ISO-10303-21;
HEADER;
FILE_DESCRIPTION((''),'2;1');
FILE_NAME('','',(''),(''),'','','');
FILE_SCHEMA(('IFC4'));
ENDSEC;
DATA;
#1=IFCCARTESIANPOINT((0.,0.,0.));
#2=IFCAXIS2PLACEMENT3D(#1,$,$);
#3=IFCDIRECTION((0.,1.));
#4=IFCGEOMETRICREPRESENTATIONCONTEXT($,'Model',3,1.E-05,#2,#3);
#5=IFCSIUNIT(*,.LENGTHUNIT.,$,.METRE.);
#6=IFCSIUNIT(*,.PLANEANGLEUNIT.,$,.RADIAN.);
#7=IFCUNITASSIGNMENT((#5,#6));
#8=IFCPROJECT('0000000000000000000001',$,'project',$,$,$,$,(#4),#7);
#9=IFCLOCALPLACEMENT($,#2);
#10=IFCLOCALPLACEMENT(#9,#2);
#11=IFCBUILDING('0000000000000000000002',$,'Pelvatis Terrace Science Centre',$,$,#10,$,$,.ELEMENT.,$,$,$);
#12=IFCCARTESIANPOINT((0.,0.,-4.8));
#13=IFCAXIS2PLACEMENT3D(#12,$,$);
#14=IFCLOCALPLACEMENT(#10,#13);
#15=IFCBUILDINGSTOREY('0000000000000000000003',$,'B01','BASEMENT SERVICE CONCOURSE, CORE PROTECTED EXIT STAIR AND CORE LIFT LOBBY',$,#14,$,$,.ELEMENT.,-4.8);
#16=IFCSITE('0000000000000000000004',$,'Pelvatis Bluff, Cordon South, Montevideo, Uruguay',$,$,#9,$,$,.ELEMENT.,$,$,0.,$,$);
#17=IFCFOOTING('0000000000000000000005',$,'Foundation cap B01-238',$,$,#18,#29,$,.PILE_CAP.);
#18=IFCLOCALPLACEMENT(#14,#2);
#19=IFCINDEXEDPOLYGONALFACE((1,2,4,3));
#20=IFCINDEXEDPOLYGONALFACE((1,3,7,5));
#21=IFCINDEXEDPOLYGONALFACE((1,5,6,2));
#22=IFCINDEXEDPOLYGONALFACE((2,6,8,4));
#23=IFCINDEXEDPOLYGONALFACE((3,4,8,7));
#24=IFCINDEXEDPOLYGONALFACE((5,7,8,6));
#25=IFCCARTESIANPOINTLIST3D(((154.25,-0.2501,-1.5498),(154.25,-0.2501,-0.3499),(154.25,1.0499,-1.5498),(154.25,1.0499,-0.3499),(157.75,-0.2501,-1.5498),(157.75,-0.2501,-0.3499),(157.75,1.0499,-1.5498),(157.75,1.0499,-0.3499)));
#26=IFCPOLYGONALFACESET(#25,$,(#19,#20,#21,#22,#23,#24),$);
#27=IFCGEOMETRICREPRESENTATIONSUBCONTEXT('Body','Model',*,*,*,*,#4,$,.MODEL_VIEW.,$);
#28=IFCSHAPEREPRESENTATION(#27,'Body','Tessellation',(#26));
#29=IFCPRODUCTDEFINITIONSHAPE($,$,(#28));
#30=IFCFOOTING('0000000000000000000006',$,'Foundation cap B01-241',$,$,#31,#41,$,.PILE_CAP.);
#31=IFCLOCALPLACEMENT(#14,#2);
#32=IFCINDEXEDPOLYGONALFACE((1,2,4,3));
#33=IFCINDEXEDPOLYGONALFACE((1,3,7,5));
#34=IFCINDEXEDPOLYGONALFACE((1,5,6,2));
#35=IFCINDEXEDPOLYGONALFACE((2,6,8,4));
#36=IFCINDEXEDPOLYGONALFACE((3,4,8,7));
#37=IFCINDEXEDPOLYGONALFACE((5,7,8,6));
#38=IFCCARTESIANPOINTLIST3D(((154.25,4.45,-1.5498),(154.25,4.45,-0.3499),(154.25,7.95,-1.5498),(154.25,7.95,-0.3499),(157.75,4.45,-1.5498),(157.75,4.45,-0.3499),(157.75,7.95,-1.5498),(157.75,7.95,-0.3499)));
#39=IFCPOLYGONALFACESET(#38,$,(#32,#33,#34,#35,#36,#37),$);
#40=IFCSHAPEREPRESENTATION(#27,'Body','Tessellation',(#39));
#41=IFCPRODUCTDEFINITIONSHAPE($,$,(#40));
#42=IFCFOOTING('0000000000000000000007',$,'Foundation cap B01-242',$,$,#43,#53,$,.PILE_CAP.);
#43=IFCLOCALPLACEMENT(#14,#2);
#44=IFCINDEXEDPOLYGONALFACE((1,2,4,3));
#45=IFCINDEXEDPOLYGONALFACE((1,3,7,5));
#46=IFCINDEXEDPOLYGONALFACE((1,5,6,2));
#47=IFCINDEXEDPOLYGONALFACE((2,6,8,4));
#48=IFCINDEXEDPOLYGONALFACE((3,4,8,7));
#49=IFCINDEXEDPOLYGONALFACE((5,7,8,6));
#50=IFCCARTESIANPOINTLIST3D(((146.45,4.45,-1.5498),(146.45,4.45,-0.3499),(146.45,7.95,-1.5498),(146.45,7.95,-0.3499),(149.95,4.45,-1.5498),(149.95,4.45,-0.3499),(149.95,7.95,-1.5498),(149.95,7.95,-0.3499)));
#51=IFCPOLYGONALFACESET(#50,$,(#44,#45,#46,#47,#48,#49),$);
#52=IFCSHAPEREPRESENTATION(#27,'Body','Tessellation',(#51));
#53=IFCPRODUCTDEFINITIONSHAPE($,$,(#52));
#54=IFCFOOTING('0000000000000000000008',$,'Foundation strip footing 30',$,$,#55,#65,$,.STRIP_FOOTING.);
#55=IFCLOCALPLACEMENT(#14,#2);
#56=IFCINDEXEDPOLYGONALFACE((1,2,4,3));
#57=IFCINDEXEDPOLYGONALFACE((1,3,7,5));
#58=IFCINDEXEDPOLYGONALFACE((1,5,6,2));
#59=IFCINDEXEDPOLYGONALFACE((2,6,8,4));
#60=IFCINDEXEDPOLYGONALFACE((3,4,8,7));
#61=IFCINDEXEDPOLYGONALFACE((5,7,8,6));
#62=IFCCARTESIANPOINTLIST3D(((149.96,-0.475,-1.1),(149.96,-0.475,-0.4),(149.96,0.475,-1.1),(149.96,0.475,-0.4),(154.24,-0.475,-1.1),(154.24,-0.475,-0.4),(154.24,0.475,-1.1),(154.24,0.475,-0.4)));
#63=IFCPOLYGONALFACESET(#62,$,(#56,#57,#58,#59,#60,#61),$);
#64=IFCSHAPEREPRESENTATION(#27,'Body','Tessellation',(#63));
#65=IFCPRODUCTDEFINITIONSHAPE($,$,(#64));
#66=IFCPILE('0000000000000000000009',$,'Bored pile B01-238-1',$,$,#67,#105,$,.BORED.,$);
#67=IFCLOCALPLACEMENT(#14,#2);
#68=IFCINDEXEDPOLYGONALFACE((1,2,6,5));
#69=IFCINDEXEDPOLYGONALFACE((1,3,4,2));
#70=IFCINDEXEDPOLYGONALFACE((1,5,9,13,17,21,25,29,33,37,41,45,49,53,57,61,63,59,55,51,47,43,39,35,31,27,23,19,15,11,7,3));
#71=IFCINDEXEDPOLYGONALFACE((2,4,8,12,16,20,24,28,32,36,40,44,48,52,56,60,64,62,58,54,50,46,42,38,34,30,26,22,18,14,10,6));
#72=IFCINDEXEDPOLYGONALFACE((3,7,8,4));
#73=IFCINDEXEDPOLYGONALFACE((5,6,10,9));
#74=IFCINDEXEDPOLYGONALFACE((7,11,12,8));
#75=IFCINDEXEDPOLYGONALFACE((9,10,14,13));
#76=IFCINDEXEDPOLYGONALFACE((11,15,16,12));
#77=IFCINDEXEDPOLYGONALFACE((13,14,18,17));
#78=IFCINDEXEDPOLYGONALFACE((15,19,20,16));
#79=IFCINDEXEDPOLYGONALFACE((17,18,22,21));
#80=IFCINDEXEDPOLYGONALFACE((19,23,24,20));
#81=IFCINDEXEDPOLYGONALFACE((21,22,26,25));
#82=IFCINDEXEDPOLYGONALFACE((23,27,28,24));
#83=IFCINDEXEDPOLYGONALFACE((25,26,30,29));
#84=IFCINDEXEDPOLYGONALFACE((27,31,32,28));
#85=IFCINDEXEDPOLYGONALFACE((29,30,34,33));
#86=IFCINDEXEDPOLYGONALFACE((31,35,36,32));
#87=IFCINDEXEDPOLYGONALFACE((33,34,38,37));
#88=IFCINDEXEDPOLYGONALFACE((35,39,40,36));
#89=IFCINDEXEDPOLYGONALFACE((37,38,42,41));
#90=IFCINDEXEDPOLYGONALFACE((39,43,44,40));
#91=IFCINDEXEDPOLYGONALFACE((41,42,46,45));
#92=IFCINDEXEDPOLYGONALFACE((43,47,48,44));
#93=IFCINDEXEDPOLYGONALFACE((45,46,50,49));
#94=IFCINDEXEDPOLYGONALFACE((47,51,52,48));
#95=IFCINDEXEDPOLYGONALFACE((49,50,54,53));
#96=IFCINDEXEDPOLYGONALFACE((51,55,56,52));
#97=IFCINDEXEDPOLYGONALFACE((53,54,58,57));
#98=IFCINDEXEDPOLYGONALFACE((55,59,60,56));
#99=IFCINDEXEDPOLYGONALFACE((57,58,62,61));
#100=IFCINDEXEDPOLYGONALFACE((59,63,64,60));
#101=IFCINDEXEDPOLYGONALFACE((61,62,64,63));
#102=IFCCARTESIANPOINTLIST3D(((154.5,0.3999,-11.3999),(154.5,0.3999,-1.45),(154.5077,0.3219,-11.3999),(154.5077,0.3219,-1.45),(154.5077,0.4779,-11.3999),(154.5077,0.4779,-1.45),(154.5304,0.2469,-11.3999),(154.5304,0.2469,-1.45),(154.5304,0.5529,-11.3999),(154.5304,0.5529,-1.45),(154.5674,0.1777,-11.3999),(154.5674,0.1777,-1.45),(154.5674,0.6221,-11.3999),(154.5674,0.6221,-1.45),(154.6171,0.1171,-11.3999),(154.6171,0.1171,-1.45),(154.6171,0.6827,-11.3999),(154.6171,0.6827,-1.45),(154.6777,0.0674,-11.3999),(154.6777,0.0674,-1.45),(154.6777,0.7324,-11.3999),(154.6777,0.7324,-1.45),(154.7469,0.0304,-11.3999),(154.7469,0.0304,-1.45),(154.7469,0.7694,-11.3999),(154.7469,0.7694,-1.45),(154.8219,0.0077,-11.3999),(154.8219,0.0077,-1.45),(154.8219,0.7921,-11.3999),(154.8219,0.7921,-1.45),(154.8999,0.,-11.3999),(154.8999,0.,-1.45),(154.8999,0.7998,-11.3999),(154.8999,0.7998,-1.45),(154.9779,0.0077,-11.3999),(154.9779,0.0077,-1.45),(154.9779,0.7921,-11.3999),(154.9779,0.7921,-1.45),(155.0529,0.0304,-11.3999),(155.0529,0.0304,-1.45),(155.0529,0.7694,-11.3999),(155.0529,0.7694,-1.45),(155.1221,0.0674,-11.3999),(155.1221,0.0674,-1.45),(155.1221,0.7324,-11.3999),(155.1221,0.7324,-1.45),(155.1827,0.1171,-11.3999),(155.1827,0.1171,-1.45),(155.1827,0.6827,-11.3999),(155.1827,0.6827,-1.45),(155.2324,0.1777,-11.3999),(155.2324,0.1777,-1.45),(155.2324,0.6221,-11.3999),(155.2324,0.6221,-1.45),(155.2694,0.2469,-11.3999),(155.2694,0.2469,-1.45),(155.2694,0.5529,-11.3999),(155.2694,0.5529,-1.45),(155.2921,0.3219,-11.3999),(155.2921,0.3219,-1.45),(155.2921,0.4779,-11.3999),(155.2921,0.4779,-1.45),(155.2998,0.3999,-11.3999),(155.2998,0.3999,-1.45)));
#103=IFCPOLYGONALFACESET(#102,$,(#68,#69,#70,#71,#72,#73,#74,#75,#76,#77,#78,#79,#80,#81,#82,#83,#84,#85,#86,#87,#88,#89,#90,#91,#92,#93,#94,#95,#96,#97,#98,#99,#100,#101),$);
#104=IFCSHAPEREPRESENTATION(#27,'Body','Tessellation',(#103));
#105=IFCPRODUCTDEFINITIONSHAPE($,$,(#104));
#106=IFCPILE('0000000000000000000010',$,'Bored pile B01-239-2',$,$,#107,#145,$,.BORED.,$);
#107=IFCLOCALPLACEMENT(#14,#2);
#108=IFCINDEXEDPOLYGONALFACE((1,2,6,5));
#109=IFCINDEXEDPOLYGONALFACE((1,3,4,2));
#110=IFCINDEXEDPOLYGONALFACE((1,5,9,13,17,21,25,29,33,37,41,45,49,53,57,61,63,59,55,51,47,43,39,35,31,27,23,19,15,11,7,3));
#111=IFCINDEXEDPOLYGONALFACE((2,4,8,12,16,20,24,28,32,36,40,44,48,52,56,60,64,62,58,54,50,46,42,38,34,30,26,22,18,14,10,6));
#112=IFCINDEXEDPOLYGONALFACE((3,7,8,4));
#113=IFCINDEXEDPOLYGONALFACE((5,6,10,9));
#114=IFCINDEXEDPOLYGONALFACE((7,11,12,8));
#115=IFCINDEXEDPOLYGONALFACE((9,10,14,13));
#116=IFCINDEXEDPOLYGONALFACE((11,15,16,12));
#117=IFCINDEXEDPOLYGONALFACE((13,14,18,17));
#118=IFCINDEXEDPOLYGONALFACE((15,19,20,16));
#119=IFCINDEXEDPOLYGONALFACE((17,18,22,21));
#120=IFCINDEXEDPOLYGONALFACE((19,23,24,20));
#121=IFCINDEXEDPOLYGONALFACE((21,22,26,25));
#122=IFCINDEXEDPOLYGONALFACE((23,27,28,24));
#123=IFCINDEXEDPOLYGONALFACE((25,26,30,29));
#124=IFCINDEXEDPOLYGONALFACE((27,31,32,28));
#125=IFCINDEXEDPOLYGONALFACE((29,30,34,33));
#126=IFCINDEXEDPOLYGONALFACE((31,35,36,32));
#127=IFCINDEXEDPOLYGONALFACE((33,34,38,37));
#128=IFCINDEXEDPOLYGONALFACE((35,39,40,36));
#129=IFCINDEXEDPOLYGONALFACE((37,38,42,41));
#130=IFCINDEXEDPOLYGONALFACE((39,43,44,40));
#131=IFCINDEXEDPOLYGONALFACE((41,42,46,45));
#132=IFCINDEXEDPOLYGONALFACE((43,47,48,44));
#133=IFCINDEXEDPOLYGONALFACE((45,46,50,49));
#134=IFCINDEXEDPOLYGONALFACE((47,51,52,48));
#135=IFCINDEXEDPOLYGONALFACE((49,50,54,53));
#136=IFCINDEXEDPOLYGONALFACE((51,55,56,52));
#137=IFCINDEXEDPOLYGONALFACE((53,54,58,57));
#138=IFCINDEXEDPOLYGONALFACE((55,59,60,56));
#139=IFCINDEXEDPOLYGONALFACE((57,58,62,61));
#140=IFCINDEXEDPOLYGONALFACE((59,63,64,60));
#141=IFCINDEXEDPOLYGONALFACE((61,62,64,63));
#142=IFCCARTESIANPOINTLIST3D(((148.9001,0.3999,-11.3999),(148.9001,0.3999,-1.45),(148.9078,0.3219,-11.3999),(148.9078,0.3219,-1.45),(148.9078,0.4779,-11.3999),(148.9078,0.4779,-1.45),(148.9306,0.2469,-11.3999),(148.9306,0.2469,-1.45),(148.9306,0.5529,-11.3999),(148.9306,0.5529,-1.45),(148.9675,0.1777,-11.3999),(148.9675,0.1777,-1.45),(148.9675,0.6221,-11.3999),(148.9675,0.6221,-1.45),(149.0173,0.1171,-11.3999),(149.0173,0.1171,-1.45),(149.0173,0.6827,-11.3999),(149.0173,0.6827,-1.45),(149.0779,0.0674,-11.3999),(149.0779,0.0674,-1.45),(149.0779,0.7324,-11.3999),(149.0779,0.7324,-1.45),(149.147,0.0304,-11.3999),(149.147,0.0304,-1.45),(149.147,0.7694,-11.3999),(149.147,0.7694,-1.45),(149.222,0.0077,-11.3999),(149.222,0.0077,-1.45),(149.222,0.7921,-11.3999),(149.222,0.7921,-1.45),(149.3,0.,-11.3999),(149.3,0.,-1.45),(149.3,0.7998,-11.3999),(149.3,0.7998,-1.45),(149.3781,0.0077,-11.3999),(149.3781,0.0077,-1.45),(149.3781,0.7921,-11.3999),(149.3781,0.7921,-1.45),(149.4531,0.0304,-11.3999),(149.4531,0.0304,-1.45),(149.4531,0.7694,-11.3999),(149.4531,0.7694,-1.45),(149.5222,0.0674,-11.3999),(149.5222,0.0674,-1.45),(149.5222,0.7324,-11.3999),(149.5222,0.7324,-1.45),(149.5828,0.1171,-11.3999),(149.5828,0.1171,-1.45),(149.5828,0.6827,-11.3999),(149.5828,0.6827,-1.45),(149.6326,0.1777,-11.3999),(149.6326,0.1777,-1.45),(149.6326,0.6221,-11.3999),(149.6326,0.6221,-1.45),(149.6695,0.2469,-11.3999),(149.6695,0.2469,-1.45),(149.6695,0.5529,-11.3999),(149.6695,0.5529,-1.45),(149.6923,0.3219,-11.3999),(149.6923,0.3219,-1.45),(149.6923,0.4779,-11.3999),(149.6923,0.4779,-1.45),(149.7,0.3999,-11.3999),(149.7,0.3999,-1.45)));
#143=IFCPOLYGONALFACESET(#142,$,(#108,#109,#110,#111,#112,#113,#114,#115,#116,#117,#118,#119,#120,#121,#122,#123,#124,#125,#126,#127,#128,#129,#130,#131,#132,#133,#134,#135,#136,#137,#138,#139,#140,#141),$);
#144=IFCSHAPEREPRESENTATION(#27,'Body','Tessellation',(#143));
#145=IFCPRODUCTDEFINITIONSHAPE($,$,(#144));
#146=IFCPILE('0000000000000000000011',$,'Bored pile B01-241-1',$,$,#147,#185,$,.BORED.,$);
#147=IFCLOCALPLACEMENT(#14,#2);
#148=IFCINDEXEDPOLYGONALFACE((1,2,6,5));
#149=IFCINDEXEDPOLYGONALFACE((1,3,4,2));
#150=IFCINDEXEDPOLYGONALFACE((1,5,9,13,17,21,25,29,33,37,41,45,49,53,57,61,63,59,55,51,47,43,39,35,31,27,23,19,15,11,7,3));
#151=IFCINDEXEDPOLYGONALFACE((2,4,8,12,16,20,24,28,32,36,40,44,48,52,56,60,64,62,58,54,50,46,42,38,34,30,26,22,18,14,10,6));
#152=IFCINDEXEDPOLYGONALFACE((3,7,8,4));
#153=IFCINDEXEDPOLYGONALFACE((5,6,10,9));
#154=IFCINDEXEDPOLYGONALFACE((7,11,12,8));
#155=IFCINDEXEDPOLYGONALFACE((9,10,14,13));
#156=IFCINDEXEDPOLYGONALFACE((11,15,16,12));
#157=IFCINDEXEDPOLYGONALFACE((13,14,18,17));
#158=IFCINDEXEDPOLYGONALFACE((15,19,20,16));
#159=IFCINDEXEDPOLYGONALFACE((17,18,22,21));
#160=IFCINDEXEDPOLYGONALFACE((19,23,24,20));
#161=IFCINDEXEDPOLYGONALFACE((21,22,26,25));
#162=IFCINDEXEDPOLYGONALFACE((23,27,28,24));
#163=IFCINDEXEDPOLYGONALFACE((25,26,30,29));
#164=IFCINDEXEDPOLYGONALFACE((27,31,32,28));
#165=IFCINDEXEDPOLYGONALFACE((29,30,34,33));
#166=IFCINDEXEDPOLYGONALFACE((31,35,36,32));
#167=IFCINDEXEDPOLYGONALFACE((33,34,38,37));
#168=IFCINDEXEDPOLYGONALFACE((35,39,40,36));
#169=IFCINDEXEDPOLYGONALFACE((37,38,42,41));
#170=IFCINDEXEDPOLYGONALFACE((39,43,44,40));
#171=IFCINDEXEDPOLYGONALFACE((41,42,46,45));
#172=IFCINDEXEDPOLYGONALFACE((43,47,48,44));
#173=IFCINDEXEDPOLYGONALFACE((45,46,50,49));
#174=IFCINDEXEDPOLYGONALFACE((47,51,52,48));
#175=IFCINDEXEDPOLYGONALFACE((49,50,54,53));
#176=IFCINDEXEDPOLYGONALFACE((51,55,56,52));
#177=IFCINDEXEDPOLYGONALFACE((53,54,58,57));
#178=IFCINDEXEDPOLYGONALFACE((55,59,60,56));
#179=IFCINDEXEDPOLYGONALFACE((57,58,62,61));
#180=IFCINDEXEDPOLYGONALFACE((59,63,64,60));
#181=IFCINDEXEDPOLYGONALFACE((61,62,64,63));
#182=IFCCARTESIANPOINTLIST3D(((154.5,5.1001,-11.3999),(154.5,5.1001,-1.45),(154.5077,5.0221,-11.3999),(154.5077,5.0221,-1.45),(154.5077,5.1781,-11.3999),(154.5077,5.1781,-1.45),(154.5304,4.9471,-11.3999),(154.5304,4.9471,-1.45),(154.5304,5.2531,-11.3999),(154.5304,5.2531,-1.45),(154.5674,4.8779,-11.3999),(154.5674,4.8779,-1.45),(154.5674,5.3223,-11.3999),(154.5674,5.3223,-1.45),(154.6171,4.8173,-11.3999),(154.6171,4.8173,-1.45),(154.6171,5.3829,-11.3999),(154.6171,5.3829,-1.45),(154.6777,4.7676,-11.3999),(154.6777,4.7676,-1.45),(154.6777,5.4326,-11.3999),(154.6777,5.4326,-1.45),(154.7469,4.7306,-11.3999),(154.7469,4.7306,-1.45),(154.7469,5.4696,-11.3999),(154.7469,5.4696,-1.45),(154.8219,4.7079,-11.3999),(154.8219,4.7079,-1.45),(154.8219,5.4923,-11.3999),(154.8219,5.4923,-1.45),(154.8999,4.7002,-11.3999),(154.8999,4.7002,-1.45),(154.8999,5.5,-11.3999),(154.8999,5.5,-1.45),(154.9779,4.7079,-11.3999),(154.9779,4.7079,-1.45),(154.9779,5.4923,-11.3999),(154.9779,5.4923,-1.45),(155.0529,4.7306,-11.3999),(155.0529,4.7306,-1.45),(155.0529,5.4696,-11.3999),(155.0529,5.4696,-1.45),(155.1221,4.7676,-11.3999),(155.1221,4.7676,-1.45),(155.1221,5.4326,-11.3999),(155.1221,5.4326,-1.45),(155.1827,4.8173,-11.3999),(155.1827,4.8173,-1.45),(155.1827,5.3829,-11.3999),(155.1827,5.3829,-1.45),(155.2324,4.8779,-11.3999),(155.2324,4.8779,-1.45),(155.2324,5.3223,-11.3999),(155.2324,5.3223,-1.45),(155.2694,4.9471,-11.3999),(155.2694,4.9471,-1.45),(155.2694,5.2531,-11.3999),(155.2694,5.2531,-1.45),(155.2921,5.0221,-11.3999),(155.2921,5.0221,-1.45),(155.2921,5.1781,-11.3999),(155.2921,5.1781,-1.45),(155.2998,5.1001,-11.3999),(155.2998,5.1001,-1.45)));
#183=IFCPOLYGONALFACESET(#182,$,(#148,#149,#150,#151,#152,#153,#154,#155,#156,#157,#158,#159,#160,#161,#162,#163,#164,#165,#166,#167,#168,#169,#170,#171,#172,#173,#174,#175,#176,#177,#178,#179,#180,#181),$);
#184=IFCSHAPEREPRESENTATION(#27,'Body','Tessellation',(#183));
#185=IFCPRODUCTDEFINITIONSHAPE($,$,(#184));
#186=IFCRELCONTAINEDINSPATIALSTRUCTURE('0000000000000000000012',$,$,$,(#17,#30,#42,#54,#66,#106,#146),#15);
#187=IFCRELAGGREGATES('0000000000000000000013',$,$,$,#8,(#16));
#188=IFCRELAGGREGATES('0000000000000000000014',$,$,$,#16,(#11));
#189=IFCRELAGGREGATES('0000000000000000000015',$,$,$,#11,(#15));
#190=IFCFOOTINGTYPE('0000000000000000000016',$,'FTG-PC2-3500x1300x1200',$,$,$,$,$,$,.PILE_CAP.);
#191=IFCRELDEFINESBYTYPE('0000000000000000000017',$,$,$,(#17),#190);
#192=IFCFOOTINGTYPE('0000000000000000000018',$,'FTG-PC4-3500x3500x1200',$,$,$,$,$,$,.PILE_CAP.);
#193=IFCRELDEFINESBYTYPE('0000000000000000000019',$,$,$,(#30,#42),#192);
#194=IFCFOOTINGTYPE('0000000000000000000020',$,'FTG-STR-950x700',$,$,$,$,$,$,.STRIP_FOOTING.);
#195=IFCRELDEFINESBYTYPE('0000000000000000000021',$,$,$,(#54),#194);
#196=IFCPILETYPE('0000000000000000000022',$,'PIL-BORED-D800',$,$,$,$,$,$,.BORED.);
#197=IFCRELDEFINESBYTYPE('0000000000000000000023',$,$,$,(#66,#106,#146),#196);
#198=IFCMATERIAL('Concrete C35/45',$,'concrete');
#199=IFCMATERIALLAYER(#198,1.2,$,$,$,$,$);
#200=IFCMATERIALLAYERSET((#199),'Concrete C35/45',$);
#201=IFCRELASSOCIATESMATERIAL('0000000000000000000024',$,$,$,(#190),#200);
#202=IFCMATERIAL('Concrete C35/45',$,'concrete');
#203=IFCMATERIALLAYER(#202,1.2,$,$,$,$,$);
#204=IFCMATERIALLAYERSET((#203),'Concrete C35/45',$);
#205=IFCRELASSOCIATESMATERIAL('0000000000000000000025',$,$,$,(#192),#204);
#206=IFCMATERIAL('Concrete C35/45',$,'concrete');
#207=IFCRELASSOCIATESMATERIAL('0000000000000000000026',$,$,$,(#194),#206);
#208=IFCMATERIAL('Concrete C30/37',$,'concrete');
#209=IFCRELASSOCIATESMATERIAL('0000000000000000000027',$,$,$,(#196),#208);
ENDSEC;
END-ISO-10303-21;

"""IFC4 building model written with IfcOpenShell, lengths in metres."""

from ifc_helpers import new_model, si_unit, direction, frame, origin, origin_2d, place, context, subcontext, project, spatial, rectangle, circle, extrude, material, layer, layer_set, material_profile, profile_set, type_object, element, save


model = new_model("IFC4")

# Units and contexts
model_context = context("Model", 3, precision=1e-05, world=origin(), true_north=direction((0.0, 1.0)))
body_context = subcontext(model_context, "Body", "Model", "MODEL_VIEW")
ifc_project = project(units=[si_unit("LENGTHUNIT", "METRE"), si_unit("PLANEANGLEUNIT", "RADIAN")], contexts=[model_context])

# Site, building, storey
site_placement = place(None, origin())
site = spatial("IfcSite", under=ifc_project, at=site_placement, Name="Pelvatis Bluff, Cordon South, Montevideo, Uruguay", CompositionType="ELEMENT", RefElevation=0.0)
building_placement = place(site_placement, origin())
building = spatial("IfcBuilding", under=site, at=building_placement, Name="Pelvatis Terrace Science Centre", CompositionType="ELEMENT")
storey_placement = place(building_placement, frame((0.0, 0.0, -4.8)))
storey = spatial("IfcBuildingStorey", under=building, at=storey_placement, Name="B01", Description="BASEMENT SERVICE CONCOURSE, CORE PROTECTED EXIT STAIR AND CORE LIFT LOBBY", CompositionType="ELEMENT", Elevation=-4.8)

# Footings
ifc_material_1 = material(Name="Concrete C35/45", Category="concrete")
ifc_layer_1 = layer(ifc_material_1, 1.2)
ifc_layer_set_1 = layer_set([ifc_layer_1], Name="Concrete C35/45")
footing_type_1 = type_object("IfcFootingType", Name="FTG-PC2-3500x1300x1200", PredefinedType="PILE_CAP", material=ifc_layer_set_1)
footing_1_placement = place(storey_placement, frame((156.0, 0.3999, -1.5498), z_axis=(0.0, 0.0, 1.0), x_axis=(1.0, 0.0, 0.0)))
element("IfcFooting", 1, at=footing_1_placement, inside=storey, type_object=footing_type_1, Name="Foundation cap B01-238", PredefinedType="PILE_CAP", context=body_context, shape_type="SweptSolid", body=[
    extrude(rectangle(XDim=3.5, YDim=1.3, at=origin_2d()), origin(), (0.0, 0.0, 1.0), 1.2),
])
ifc_material_2 = material(Name="Concrete C35/45", Category="concrete")
ifc_layer_2 = layer(ifc_material_2, 1.2)
ifc_layer_set_2 = layer_set([ifc_layer_2], Name="Concrete C35/45")
footing_type_2 = type_object("IfcFootingType", Name="FTG-PC4-3500x3500x1200", PredefinedType="PILE_CAP", material=ifc_layer_set_2)
for number, where, z_axis, x_axis, name in (
    (2, (156.0, 6.2, -1.5498), (0.0, 0.0, 1.0), (1.0, 0.0, 0.0), "Foundation cap B01-241"),
    (3, (148.2, 6.2, -1.5498), (0.0, 0.0, 1.0), (1.0, 0.0, 0.0), "Foundation cap B01-242"),
):
    element("IfcFooting", number, at=place(storey_placement, frame(where, z_axis=z_axis, x_axis=x_axis)), inside=storey, type_object=footing_type_2, Name=name, PredefinedType="PILE_CAP", context=body_context, shape_type="SweptSolid", body=[
        extrude(rectangle(XDim=3.5, YDim=3.5, at=origin_2d()), origin(), (0.0, 0.0, 1.0), 1.2),
    ])
ifc_material_3 = material(Name="Concrete C35/45", Category="concrete")
ifc_material_profile_1 = material_profile(ifc_material_3, rectangle(XDim=0.95, YDim=0.7, at=origin_2d()), Name="RC-STR 950x700")
ifc_profile_set_1 = profile_set([ifc_material_profile_1], Name="Concrete C35/45")
footing_type_3 = type_object("IfcFootingType", Name="FTG-STR-950x700", PredefinedType="STRIP_FOOTING", material=ifc_profile_set_1)
footing_2_placement = place(storey_placement, frame((149.96, 0.0, -0.75), z_axis=(1.0, 0.0, 0.0), x_axis=(0.0, 1.0, 0.0)))
element("IfcFooting", 4, at=footing_2_placement, inside=storey, type_object=footing_type_3, Name="Foundation strip footing 30", PredefinedType="STRIP_FOOTING", context=body_context, shape_type="SweptSolid", body=[
    extrude(rectangle(XDim=0.95, YDim=0.7, at=origin_2d()), origin(), (0.0, 0.0, 1.0), 4.28),
])

# Piles
ifc_material_4 = material(Name="Concrete C30/37", Category="concrete")
ifc_material_profile_2 = material_profile(ifc_material_4, circle(Radius=0.3999, at=origin_2d()), Name="PILE D800")
ifc_profile_set_2 = profile_set([ifc_material_profile_2], Name="Concrete C30/37")
pile_type = type_object("IfcPileType", Name="PIL-BORED-D800", PredefinedType="BORED", material=ifc_profile_set_2)
for number, where, z_axis, x_axis, name in (
    (5, (154.8999, 0.3999, -1.45), (0.0, 0.0, -1.0), (1.0, 0.0, 0.0), "Bored pile B01-238-1"),
    (6, (149.3, 0.3999, -1.45), (0.0, 0.0, -1.0), (1.0, 0.0, 0.0), "Bored pile B01-239-2"),
    (7, (154.8999, 5.1001, -1.45), (0.0, 0.0, -1.0), (1.0, 0.0, 0.0), "Bored pile B01-241-1"),
):
    element("IfcPile", number, at=place(storey_placement, frame(where, z_axis=z_axis, x_axis=x_axis)), inside=storey, type_object=pile_type, Name=name, PredefinedType="BORED", context=body_context, shape_type="SweptSolid", body=[
        extrude(circle(Radius=0.3999, at=origin_2d()), origin(), (0.0, 0.0, 1.0), 9.95),
    ])

save(model, "model.ifc")
